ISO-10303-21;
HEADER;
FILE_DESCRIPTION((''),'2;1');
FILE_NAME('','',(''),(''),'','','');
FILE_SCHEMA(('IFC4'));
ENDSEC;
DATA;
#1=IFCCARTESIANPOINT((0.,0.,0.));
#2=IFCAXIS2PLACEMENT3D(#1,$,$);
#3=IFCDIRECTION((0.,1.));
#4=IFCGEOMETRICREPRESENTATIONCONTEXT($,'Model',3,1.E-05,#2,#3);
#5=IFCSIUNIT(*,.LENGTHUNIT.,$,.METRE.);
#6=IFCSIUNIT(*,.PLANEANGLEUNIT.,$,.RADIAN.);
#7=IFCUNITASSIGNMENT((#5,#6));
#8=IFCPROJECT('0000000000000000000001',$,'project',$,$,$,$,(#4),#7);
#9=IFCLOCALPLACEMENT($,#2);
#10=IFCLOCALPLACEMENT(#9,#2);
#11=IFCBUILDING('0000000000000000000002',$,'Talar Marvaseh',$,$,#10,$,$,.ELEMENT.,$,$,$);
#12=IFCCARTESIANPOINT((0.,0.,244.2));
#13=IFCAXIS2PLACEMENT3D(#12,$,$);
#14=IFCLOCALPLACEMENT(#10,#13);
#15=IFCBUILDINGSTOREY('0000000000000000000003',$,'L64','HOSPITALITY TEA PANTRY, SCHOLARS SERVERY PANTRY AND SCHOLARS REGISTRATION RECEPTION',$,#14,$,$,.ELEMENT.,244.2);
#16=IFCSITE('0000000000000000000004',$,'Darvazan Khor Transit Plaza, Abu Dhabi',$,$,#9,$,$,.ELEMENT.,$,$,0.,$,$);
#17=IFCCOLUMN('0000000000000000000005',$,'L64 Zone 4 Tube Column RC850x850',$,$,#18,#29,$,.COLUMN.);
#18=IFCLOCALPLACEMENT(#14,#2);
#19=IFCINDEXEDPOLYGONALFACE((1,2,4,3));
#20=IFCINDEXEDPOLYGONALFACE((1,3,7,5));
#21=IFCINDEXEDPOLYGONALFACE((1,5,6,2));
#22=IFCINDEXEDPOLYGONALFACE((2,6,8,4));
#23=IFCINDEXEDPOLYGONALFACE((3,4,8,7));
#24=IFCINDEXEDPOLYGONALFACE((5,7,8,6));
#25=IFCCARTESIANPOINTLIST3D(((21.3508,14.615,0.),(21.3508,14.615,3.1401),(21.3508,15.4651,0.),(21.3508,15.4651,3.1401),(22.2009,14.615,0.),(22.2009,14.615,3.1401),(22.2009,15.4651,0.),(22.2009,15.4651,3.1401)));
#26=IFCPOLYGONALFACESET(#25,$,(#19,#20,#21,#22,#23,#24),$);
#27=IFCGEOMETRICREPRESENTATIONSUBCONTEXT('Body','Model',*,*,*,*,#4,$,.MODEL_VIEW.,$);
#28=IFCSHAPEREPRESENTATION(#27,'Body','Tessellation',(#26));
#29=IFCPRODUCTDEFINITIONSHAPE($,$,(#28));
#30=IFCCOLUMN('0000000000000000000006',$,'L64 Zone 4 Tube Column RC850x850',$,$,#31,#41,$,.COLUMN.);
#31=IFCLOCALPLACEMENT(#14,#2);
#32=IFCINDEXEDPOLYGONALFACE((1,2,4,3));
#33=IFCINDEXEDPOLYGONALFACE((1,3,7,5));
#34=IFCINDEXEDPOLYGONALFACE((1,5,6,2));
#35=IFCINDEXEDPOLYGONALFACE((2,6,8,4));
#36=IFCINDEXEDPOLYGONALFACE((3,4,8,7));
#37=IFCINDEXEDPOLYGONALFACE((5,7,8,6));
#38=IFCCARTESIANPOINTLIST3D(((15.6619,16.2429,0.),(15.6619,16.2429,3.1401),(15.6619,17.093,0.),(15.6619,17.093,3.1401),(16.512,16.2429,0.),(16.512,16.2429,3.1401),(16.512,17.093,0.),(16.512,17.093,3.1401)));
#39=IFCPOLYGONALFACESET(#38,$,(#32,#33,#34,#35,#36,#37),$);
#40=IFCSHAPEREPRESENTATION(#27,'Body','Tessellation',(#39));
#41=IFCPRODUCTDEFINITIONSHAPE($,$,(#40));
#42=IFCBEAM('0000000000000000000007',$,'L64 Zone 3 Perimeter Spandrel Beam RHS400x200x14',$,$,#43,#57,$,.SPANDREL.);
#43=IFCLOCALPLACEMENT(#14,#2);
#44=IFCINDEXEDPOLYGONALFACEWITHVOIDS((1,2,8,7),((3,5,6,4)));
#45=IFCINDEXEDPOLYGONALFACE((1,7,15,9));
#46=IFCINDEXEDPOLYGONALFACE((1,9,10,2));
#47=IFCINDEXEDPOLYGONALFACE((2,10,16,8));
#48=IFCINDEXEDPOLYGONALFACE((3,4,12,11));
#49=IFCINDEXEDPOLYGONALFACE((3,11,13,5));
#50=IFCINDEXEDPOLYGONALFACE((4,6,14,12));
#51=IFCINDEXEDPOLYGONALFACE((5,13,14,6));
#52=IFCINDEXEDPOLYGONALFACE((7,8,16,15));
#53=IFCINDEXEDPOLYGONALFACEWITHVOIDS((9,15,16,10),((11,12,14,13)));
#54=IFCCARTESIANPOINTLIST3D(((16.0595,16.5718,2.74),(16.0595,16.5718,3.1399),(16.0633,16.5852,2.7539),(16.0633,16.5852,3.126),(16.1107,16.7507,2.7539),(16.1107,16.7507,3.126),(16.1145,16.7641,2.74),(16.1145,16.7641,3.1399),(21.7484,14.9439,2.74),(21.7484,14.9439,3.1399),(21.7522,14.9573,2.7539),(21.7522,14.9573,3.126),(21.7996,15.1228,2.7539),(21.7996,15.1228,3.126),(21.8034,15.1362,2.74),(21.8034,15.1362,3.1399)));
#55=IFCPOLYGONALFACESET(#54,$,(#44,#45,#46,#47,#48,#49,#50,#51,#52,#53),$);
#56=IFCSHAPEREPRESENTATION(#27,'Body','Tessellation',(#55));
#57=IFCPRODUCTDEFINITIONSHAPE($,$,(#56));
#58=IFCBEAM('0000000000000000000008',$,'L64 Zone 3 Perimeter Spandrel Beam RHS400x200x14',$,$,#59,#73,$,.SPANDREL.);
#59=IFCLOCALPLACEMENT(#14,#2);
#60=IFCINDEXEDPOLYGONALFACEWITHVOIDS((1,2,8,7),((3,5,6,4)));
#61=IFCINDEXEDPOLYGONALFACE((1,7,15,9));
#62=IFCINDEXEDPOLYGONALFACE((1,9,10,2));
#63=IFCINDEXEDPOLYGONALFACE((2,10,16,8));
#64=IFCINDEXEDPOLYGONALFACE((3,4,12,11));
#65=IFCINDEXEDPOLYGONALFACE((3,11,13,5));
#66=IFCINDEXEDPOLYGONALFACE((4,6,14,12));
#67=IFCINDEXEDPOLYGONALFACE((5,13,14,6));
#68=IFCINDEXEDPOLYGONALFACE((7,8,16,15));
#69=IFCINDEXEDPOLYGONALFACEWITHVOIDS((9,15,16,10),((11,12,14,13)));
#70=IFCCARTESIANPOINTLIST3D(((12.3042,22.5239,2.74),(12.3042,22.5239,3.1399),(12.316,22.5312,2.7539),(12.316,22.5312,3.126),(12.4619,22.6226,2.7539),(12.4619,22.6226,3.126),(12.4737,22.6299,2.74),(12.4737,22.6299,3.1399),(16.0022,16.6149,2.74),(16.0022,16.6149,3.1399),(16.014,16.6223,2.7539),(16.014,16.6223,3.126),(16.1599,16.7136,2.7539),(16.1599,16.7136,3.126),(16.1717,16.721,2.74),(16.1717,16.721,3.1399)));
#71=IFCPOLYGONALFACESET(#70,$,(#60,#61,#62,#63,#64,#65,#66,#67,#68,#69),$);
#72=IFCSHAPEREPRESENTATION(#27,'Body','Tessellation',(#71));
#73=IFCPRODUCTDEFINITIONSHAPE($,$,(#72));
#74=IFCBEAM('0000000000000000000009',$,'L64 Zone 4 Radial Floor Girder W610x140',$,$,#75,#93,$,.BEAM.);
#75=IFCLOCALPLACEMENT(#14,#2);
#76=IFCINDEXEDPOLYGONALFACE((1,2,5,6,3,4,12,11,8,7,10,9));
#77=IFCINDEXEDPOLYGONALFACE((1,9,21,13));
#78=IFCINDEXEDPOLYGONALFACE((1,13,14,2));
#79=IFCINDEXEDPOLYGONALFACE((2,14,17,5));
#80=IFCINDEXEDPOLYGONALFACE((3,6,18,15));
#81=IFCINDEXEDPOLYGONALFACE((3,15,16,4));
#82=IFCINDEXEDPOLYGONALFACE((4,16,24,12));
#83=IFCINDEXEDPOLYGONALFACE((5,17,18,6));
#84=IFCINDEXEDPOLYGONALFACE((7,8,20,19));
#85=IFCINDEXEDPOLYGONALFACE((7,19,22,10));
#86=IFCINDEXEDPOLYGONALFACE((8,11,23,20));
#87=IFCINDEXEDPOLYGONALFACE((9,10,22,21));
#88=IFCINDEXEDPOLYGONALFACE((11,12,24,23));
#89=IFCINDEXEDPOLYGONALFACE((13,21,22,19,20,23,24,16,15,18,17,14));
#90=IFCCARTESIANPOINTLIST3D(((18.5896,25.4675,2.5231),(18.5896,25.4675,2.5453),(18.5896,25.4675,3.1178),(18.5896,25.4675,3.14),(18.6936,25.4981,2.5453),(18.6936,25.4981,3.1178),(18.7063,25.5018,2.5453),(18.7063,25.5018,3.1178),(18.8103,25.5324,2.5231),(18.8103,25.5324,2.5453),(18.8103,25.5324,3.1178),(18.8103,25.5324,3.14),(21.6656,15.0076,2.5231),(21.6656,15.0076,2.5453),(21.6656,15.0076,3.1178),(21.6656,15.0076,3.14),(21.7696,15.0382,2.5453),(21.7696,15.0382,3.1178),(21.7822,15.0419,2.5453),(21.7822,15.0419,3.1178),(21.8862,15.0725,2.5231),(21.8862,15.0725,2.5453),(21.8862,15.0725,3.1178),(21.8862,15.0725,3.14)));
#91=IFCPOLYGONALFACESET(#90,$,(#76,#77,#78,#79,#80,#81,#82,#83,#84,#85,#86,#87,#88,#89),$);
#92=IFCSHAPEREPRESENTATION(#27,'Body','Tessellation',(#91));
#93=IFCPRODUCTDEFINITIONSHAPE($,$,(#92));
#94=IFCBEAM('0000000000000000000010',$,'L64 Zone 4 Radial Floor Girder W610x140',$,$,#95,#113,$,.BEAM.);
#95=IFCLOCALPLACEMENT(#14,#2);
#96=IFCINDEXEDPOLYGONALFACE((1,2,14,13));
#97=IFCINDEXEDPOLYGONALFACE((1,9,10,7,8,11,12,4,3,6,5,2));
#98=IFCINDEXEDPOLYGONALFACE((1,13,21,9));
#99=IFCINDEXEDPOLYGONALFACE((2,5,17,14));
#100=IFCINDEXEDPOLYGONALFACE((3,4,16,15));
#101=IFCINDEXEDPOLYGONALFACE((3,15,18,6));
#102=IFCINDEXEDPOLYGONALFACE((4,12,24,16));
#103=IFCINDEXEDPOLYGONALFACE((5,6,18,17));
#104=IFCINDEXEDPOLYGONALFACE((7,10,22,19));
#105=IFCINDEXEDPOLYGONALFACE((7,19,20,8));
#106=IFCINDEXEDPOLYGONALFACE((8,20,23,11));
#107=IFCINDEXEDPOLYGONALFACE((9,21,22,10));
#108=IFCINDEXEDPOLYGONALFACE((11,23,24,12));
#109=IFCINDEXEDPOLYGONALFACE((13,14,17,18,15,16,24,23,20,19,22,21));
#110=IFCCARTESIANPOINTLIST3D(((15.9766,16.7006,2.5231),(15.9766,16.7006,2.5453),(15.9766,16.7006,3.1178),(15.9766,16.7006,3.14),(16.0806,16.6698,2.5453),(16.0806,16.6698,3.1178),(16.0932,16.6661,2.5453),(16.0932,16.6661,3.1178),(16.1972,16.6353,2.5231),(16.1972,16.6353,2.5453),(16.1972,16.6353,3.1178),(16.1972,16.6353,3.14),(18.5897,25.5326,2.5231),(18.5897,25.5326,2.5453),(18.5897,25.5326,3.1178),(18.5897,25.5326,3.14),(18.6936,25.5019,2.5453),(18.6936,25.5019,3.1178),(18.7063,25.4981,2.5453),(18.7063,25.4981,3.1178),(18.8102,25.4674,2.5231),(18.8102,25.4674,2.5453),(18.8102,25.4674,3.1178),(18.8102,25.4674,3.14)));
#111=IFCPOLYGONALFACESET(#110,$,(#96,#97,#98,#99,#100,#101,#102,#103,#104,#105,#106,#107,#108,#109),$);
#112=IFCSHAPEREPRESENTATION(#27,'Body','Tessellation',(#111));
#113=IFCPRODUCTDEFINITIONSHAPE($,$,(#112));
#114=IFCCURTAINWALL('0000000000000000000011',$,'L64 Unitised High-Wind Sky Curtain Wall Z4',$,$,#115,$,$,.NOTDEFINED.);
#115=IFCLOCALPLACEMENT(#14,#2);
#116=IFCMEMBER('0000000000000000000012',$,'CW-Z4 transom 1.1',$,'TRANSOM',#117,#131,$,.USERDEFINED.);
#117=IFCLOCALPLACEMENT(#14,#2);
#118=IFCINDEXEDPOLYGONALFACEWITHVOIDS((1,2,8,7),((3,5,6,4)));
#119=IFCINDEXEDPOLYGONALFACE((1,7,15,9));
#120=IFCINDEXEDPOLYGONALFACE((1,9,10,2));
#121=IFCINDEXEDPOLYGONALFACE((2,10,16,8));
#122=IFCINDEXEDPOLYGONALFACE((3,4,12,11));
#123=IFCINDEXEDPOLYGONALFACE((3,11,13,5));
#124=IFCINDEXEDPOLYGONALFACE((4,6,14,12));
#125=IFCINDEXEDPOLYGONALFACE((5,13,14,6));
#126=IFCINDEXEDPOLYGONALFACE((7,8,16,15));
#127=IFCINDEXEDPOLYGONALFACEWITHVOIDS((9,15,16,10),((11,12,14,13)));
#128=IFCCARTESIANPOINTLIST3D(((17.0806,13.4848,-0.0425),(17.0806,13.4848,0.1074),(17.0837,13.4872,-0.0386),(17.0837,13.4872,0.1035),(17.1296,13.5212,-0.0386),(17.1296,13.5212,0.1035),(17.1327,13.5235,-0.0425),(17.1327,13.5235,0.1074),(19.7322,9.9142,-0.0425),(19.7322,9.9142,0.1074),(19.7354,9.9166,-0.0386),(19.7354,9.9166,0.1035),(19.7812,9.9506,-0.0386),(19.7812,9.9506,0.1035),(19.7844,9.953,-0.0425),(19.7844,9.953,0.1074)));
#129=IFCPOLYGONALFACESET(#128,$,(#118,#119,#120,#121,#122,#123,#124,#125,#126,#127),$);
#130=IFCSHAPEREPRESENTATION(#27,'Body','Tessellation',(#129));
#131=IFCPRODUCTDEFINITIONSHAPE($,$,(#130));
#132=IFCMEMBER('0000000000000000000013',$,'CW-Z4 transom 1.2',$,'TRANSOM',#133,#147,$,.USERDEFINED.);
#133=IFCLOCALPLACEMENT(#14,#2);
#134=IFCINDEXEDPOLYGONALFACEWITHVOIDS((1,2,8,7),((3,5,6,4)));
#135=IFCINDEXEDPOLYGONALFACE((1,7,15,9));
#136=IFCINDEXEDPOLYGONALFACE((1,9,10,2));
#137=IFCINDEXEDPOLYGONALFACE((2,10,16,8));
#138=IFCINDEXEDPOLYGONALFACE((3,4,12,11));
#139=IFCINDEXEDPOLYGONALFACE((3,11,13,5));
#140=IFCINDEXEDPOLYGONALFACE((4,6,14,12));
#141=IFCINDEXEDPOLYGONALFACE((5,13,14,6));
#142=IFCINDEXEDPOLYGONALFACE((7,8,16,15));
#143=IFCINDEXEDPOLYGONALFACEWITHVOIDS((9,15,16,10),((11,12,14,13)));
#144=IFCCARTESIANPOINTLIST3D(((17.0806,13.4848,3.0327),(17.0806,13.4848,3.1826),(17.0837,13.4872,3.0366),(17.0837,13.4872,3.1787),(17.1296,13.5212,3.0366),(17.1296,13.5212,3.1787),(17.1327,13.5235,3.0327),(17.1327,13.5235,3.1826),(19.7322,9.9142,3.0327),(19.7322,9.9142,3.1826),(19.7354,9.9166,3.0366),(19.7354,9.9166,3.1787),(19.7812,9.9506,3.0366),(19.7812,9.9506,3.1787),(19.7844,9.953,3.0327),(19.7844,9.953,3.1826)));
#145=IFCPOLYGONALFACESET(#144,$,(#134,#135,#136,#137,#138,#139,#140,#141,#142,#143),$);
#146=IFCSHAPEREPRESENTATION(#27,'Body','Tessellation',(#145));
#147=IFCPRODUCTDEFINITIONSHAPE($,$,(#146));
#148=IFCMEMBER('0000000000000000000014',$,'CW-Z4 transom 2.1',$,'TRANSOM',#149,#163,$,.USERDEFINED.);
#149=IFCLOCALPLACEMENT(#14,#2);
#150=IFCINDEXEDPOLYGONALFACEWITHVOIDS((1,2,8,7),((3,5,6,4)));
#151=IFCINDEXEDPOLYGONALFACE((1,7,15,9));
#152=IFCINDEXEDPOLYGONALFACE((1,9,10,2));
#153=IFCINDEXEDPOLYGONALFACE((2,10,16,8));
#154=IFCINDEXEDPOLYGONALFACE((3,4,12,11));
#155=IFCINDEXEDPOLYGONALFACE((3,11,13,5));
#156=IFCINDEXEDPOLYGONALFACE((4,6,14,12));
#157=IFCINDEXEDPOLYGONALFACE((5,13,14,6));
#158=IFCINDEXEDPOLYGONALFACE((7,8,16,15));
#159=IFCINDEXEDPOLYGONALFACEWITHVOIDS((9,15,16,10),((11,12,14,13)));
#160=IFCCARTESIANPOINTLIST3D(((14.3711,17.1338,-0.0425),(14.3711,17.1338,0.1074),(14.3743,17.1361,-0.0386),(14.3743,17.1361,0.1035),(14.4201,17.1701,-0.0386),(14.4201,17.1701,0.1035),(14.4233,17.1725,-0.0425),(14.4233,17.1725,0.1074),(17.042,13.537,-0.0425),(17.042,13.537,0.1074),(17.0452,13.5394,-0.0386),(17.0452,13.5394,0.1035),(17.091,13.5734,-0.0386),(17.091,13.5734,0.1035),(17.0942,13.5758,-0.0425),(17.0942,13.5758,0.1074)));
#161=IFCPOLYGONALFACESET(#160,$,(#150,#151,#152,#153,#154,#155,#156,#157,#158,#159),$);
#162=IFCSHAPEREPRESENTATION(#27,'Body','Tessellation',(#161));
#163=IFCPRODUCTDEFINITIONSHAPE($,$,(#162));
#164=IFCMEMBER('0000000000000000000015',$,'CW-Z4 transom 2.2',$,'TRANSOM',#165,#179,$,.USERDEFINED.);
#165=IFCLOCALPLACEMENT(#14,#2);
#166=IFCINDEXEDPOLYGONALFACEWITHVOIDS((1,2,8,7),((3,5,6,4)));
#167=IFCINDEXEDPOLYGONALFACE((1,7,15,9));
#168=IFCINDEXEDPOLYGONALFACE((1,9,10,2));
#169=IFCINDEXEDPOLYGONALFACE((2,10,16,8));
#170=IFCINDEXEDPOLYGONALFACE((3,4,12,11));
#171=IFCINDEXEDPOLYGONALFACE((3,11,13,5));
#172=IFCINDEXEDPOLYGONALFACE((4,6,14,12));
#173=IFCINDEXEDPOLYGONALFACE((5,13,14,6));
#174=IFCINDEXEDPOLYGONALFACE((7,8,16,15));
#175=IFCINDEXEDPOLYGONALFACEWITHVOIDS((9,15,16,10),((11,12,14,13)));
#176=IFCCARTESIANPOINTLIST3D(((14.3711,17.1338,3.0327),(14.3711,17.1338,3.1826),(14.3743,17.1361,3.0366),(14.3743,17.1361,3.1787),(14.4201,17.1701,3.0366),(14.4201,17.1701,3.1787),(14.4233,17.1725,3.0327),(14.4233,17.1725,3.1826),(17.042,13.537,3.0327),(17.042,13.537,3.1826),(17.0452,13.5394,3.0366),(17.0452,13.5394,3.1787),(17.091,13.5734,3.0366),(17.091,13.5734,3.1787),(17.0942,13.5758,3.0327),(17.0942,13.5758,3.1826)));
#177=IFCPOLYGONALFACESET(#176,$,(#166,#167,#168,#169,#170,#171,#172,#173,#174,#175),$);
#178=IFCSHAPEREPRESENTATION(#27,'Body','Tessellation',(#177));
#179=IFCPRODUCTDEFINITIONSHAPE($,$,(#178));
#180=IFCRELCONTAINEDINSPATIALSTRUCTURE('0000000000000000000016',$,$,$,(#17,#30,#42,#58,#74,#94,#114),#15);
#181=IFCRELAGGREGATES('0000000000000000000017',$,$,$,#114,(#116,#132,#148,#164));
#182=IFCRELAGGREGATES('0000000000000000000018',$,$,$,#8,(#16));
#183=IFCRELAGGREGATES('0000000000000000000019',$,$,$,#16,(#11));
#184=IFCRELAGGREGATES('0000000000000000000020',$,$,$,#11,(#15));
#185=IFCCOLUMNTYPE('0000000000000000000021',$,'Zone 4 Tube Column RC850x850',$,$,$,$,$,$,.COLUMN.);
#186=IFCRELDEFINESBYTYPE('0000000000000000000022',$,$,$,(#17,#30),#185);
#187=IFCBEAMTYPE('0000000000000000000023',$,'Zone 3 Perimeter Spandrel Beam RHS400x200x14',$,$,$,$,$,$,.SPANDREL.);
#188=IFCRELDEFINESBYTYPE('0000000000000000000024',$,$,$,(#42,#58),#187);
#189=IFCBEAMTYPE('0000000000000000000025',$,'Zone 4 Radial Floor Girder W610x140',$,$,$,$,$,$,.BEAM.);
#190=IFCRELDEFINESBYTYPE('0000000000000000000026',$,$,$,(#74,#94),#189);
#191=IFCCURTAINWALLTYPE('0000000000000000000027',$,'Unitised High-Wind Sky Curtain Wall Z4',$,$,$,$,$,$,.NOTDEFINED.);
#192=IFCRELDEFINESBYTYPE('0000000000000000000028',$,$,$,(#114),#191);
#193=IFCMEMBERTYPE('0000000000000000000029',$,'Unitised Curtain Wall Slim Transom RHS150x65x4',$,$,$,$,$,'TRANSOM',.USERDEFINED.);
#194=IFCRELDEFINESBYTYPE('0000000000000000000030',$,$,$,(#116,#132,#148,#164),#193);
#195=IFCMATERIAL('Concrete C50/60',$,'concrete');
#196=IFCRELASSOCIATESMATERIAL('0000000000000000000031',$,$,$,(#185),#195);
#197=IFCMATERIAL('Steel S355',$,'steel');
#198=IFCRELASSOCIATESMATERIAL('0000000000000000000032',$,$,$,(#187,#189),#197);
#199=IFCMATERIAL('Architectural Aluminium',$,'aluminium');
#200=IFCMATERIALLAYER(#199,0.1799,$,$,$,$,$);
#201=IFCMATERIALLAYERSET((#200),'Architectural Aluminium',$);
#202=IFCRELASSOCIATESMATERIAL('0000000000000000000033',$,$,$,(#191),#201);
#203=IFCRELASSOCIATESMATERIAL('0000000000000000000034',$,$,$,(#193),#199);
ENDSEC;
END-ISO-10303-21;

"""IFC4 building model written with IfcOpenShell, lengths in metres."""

from ifc_helpers import new_model, si_unit, direction, frame, origin, origin_2d, place, context, subcontext, project, spatial, rectangle, hollow_rectangle, i_section, extrude, source, transform, mapped, material, layer, layer_set, material_profile, profile_set, type_object, type_shapes, element, aggregate, save


model = new_model("IFC4")

# Units and contexts
model_context = context("Model", 3, precision=1e-05, world=origin(), true_north=direction((0.0, 1.0)))
body_context = subcontext(model_context, "Body", "Model", "MODEL_VIEW")
ifc_project = project(units=[si_unit("LENGTHUNIT", "METRE"), si_unit("PLANEANGLEUNIT", "RADIAN")], contexts=[model_context])

# Site, building, storey
site_placement = place(None, origin())
site = spatial("IfcSite", under=ifc_project, at=site_placement, Name="Darvazan Khor Transit Plaza, Abu Dhabi", CompositionType="ELEMENT", RefElevation=0.0)
building_placement = place(site_placement, origin())
building = spatial("IfcBuilding", under=site, at=building_placement, Name="Talar Marvaseh", CompositionType="ELEMENT")
storey_placement = place(building_placement, frame((0.0, 0.0, 244.2)))
storey = spatial("IfcBuildingStorey", under=building, at=storey_placement, Name="L64", Description="HOSPITALITY TEA PANTRY, SCHOLARS SERVERY PANTRY AND SCHOLARS REGISTRATION RECEPTION", CompositionType="ELEMENT", Elevation=244.2)

# Columns
ifc_material_1 = material(Name="Concrete C50/60", Category="concrete")
ifc_material_profile_1 = material_profile(ifc_material_1, rectangle(XDim=0.8501, YDim=0.8501, at=origin_2d()), Name="RC850x850")
ifc_profile_set_1 = profile_set([ifc_material_profile_1], Name="Concrete C50/60")
column_type = type_object("IfcColumnType", Name="Zone 4 Tube Column RC850x850", PredefinedType="COLUMN", material=ifc_profile_set_1)
for number, where, z_axis, x_axis, name in (
    (1, (21.7759, 15.04, 0.0), (0.0, 0.0, 1.0), (1.0, 0.0, 0.0), "L64 Zone 4 Tube Column RC850x850"),
    (2, (16.0869, 16.668, 0.0), (0.0, 0.0, 1.0), (1.0, 0.0, 0.0), "L64 Zone 4 Tube Column RC850x850"),
):
    element("IfcColumn", number, at=place(storey_placement, frame(where, z_axis=z_axis, x_axis=x_axis)), inside=storey, type_object=column_type, Name=name, PredefinedType="COLUMN", context=body_context, shape_type="SweptSolid", body=[
        extrude(rectangle(XDim=0.8501, YDim=0.8501, at=origin_2d()), origin(), (0.0, 0.0, 1.0), 3.1401),
    ])

# Beams
ifc_material_2 = material(Name="Steel S355", Category="steel")
ifc_material_profile_2 = material_profile(ifc_material_2, hollow_rectangle(XDim=0.2, YDim=0.3999, WallThickness=0.0139, at=origin_2d()), Name="RHS400x200x14")
ifc_profile_set_2 = profile_set([ifc_material_profile_2], Name="Steel S355")
beam_type_1 = type_object("IfcBeamType", Name="Zone 3 Perimeter Spandrel Beam RHS400x200x14", PredefinedType="SPANDREL", material=ifc_profile_set_2)
beam_1_placement = place(storey_placement, frame((21.7759, 15.04, 2.9399), z_axis=(-0.961412, 0.275113, 0.0), x_axis=(-0.275113, -0.961412, 0.0)))
element("IfcBeam", 3, at=beam_1_placement, inside=storey, type_object=beam_type_1, Name="L64 Zone 3 Perimeter Spandrel Beam RHS400x200x14", PredefinedType="SPANDREL", context=body_context, shape_type="SweptSolid", body=[
    extrude(hollow_rectangle(XDim=0.2, YDim=0.3999, WallThickness=0.0139, at=origin_2d()), origin(), (0.0, 0.0, 1.0), 5.9172),
])
beam_2_placement = place(storey_placement, frame((16.0869, 16.668, 2.9399), z_axis=(-0.530506, 0.847681, 0.0), x_axis=(-0.847681, -0.530506, 0.0)))
element("IfcBeam", 4, at=beam_2_placement, inside=storey, type_object=beam_type_1, Name="L64 Zone 3 Perimeter Spandrel Beam RHS400x200x14", PredefinedType="SPANDREL", context=body_context, shape_type="SweptSolid", body=[
    extrude(hollow_rectangle(XDim=0.2, YDim=0.3999, WallThickness=0.0139, at=origin_2d()), origin(), (0.0, 0.0, 1.0), 6.9707),
])
ifc_material_profile_3 = material_profile(ifc_material_2, i_section(OverallWidth=0.23, OverallDepth=0.6169, WebThickness=0.0132, FlangeThickness=0.0222, at=origin_2d()), Name="W610x140")
ifc_profile_set_3 = profile_set([ifc_material_profile_3], Name="Steel S355")
beam_type_2 = type_object("IfcBeamType", Name="Zone 4 Radial Floor Girder W610x140", PredefinedType="BEAM", material=ifc_profile_set_3)
beam_3_placement = place(storey_placement, frame((21.7759, 15.04, 2.8315), z_axis=(-0.282121, 0.959379, 0.0), x_axis=(-0.959379, -0.282121, 0.0)))
element("IfcBeam", 5, at=beam_3_placement, inside=storey, type_object=beam_type_2, Name="L64 Zone 4 Radial Floor Girder W610x140", PredefinedType="BEAM", context=body_context, shape_type="SweptSolid", body=[
    extrude(i_section(OverallWidth=0.23, OverallDepth=0.6169, WebThickness=0.0132, FlangeThickness=0.0222, at=origin_2d()), origin(), (0.0, 0.0, 1.0), 10.9028),
])
beam_4_placement = place(storey_placement, frame((16.0869, 16.668, 2.8315), z_axis=(0.283703, 0.958912, 0.0), x_axis=(-0.958912, 0.283703, 0.0)))
element("IfcBeam", 6, at=beam_4_placement, inside=storey, type_object=beam_type_2, Name="L64 Zone 4 Radial Floor Girder W610x140", PredefinedType="BEAM", context=body_context, shape_type="SweptSolid", body=[
    extrude(i_section(OverallWidth=0.23, OverallDepth=0.6169, WebThickness=0.0132, FlangeThickness=0.0222, at=origin_2d()), origin(), (0.0, 0.0, 1.0), 9.2104),
])

# Curtain wall, members
ifc_material_3 = material(Name="Architectural Aluminium", Category="aluminium")
ifc_layer_1 = layer(ifc_material_3, 0.1799)
ifc_layer_set_1 = layer_set([ifc_layer_1], Name="Architectural Aluminium")
curtain_wall_type = type_object("IfcCurtainWallType", Name="Unitised High-Wind Sky Curtain Wall Z4", PredefinedType="NOTDEFINED", material=ifc_layer_set_1)
curtain_wall_1_placement = place(storey_placement, origin())
curtain_wall_1 = element("IfcCurtainWall", 7, at=curtain_wall_1_placement, inside=storey, type_object=curtain_wall_type, Name="L64 Unitised High-Wind Sky Curtain Wall Z4", PredefinedType="NOTDEFINED")
ifc_material_profile_4 = material_profile(ifc_material_3, hollow_rectangle(XDim=0.0649, YDim=0.1499, WallThickness=0.0039, at=origin_2d()), Name="RHS150x65x4")
ifc_profile_set_4 = profile_set([ifc_material_profile_4], Name="Architectural Aluminium")
member_type_1 = type_object("IfcMemberType", Name="Unitised Curtain Wall Slim Transom RHS150x65x4", ElementType="TRANSOM", PredefinedType="USERDEFINED", material=ifc_profile_set_4)
shared_shape_1 = source(origin(), body_context, "Body", "SweptSolid", [
    extrude(hollow_rectangle(XDim=0.0649, YDim=0.1499, WallThickness=0.0039, at=origin_2d()), origin(), (0.0, 0.0, 1.0), 4.4475),
])
member_1_placement = place(storey_placement, frame((19.7583, 9.9336, 0.0325), z_axis=(-0.596208, 0.80283, 0.0), x_axis=(-0.80283, -0.596208, 0.0)))
member_1 = element("IfcMember", 8, at=member_1_placement, type_object=member_type_1, Name="CW-Z4 transom 1.1", ObjectType="TRANSOM", PredefinedType="USERDEFINED", context=body_context, shape_type="MappedRepresentation", body=[
    mapped(shared_shape_1, transform((0.0, 0.0, 0.0), x_axis=(1.0, 0.0, 0.0), y_axis=(0.0, 1.0, 0.0), z_axis=(0.0, 0.0, 1.0), scale=1.0)),
])
member_2_placement = place(storey_placement, frame((19.7583, 9.9336, 3.1077), z_axis=(-0.596208, 0.80283, 0.0), x_axis=(-0.80283, -0.596208, 0.0)))
member_2 = element("IfcMember", 9, at=member_2_placement, type_object=member_type_1, Name="CW-Z4 transom 1.2", ObjectType="TRANSOM", PredefinedType="USERDEFINED", context=body_context, shape_type="MappedRepresentation", body=[
    mapped(shared_shape_1, transform((0.0, 0.0, 0.0), x_axis=(1.0, 0.0, 0.0), y_axis=(0.0, 1.0, 0.0), z_axis=(0.0, 0.0, 1.0), scale=1.0)),
])
shared_shape_2 = source(origin(), body_context, "Body", "SweptSolid", [
    extrude(hollow_rectangle(XDim=0.0649, YDim=0.1499, WallThickness=0.0039, at=origin_2d()), origin(), (0.0, 0.0, 1.0), 4.48),
])
type_shapes(member_type_1, [shared_shape_1, shared_shape_2])
member_3_placement = place(storey_placement, frame((17.0681, 13.5564, 0.0325), z_axis=(-0.596192, 0.802842, 0.0), x_axis=(-0.802842, -0.596192, 0.0)))
member_3 = element("IfcMember", 10, at=member_3_placement, type_object=member_type_1, Name="CW-Z4 transom 2.1", ObjectType="TRANSOM", PredefinedType="USERDEFINED", context=body_context, shape_type="MappedRepresentation", body=[
    mapped(shared_shape_2, transform((0.0, 0.0, 0.0), x_axis=(1.0, 0.0, 0.0), y_axis=(0.0, 1.0, 0.0), z_axis=(0.0, 0.0, 1.0), scale=1.0)),
])
member_4_placement = place(storey_placement, frame((17.0681, 13.5564, 3.1077), z_axis=(-0.596192, 0.802842, 0.0), x_axis=(-0.802842, -0.596192, 0.0)))
member_4 = element("IfcMember", 11, at=member_4_placement, type_object=member_type_1, Name="CW-Z4 transom 2.2", ObjectType="TRANSOM", PredefinedType="USERDEFINED", context=body_context, shape_type="MappedRepresentation", body=[
    mapped(shared_shape_2, transform((0.0, 0.0, 0.0), x_axis=(1.0, 0.0, 0.0), y_axis=(0.0, 1.0, 0.0), z_axis=(0.0, 0.0, 1.0), scale=1.0)),
])

aggregate(curtain_wall_1, [member_1, member_2, member_3, member_4])

save(model, "model.ifc")
